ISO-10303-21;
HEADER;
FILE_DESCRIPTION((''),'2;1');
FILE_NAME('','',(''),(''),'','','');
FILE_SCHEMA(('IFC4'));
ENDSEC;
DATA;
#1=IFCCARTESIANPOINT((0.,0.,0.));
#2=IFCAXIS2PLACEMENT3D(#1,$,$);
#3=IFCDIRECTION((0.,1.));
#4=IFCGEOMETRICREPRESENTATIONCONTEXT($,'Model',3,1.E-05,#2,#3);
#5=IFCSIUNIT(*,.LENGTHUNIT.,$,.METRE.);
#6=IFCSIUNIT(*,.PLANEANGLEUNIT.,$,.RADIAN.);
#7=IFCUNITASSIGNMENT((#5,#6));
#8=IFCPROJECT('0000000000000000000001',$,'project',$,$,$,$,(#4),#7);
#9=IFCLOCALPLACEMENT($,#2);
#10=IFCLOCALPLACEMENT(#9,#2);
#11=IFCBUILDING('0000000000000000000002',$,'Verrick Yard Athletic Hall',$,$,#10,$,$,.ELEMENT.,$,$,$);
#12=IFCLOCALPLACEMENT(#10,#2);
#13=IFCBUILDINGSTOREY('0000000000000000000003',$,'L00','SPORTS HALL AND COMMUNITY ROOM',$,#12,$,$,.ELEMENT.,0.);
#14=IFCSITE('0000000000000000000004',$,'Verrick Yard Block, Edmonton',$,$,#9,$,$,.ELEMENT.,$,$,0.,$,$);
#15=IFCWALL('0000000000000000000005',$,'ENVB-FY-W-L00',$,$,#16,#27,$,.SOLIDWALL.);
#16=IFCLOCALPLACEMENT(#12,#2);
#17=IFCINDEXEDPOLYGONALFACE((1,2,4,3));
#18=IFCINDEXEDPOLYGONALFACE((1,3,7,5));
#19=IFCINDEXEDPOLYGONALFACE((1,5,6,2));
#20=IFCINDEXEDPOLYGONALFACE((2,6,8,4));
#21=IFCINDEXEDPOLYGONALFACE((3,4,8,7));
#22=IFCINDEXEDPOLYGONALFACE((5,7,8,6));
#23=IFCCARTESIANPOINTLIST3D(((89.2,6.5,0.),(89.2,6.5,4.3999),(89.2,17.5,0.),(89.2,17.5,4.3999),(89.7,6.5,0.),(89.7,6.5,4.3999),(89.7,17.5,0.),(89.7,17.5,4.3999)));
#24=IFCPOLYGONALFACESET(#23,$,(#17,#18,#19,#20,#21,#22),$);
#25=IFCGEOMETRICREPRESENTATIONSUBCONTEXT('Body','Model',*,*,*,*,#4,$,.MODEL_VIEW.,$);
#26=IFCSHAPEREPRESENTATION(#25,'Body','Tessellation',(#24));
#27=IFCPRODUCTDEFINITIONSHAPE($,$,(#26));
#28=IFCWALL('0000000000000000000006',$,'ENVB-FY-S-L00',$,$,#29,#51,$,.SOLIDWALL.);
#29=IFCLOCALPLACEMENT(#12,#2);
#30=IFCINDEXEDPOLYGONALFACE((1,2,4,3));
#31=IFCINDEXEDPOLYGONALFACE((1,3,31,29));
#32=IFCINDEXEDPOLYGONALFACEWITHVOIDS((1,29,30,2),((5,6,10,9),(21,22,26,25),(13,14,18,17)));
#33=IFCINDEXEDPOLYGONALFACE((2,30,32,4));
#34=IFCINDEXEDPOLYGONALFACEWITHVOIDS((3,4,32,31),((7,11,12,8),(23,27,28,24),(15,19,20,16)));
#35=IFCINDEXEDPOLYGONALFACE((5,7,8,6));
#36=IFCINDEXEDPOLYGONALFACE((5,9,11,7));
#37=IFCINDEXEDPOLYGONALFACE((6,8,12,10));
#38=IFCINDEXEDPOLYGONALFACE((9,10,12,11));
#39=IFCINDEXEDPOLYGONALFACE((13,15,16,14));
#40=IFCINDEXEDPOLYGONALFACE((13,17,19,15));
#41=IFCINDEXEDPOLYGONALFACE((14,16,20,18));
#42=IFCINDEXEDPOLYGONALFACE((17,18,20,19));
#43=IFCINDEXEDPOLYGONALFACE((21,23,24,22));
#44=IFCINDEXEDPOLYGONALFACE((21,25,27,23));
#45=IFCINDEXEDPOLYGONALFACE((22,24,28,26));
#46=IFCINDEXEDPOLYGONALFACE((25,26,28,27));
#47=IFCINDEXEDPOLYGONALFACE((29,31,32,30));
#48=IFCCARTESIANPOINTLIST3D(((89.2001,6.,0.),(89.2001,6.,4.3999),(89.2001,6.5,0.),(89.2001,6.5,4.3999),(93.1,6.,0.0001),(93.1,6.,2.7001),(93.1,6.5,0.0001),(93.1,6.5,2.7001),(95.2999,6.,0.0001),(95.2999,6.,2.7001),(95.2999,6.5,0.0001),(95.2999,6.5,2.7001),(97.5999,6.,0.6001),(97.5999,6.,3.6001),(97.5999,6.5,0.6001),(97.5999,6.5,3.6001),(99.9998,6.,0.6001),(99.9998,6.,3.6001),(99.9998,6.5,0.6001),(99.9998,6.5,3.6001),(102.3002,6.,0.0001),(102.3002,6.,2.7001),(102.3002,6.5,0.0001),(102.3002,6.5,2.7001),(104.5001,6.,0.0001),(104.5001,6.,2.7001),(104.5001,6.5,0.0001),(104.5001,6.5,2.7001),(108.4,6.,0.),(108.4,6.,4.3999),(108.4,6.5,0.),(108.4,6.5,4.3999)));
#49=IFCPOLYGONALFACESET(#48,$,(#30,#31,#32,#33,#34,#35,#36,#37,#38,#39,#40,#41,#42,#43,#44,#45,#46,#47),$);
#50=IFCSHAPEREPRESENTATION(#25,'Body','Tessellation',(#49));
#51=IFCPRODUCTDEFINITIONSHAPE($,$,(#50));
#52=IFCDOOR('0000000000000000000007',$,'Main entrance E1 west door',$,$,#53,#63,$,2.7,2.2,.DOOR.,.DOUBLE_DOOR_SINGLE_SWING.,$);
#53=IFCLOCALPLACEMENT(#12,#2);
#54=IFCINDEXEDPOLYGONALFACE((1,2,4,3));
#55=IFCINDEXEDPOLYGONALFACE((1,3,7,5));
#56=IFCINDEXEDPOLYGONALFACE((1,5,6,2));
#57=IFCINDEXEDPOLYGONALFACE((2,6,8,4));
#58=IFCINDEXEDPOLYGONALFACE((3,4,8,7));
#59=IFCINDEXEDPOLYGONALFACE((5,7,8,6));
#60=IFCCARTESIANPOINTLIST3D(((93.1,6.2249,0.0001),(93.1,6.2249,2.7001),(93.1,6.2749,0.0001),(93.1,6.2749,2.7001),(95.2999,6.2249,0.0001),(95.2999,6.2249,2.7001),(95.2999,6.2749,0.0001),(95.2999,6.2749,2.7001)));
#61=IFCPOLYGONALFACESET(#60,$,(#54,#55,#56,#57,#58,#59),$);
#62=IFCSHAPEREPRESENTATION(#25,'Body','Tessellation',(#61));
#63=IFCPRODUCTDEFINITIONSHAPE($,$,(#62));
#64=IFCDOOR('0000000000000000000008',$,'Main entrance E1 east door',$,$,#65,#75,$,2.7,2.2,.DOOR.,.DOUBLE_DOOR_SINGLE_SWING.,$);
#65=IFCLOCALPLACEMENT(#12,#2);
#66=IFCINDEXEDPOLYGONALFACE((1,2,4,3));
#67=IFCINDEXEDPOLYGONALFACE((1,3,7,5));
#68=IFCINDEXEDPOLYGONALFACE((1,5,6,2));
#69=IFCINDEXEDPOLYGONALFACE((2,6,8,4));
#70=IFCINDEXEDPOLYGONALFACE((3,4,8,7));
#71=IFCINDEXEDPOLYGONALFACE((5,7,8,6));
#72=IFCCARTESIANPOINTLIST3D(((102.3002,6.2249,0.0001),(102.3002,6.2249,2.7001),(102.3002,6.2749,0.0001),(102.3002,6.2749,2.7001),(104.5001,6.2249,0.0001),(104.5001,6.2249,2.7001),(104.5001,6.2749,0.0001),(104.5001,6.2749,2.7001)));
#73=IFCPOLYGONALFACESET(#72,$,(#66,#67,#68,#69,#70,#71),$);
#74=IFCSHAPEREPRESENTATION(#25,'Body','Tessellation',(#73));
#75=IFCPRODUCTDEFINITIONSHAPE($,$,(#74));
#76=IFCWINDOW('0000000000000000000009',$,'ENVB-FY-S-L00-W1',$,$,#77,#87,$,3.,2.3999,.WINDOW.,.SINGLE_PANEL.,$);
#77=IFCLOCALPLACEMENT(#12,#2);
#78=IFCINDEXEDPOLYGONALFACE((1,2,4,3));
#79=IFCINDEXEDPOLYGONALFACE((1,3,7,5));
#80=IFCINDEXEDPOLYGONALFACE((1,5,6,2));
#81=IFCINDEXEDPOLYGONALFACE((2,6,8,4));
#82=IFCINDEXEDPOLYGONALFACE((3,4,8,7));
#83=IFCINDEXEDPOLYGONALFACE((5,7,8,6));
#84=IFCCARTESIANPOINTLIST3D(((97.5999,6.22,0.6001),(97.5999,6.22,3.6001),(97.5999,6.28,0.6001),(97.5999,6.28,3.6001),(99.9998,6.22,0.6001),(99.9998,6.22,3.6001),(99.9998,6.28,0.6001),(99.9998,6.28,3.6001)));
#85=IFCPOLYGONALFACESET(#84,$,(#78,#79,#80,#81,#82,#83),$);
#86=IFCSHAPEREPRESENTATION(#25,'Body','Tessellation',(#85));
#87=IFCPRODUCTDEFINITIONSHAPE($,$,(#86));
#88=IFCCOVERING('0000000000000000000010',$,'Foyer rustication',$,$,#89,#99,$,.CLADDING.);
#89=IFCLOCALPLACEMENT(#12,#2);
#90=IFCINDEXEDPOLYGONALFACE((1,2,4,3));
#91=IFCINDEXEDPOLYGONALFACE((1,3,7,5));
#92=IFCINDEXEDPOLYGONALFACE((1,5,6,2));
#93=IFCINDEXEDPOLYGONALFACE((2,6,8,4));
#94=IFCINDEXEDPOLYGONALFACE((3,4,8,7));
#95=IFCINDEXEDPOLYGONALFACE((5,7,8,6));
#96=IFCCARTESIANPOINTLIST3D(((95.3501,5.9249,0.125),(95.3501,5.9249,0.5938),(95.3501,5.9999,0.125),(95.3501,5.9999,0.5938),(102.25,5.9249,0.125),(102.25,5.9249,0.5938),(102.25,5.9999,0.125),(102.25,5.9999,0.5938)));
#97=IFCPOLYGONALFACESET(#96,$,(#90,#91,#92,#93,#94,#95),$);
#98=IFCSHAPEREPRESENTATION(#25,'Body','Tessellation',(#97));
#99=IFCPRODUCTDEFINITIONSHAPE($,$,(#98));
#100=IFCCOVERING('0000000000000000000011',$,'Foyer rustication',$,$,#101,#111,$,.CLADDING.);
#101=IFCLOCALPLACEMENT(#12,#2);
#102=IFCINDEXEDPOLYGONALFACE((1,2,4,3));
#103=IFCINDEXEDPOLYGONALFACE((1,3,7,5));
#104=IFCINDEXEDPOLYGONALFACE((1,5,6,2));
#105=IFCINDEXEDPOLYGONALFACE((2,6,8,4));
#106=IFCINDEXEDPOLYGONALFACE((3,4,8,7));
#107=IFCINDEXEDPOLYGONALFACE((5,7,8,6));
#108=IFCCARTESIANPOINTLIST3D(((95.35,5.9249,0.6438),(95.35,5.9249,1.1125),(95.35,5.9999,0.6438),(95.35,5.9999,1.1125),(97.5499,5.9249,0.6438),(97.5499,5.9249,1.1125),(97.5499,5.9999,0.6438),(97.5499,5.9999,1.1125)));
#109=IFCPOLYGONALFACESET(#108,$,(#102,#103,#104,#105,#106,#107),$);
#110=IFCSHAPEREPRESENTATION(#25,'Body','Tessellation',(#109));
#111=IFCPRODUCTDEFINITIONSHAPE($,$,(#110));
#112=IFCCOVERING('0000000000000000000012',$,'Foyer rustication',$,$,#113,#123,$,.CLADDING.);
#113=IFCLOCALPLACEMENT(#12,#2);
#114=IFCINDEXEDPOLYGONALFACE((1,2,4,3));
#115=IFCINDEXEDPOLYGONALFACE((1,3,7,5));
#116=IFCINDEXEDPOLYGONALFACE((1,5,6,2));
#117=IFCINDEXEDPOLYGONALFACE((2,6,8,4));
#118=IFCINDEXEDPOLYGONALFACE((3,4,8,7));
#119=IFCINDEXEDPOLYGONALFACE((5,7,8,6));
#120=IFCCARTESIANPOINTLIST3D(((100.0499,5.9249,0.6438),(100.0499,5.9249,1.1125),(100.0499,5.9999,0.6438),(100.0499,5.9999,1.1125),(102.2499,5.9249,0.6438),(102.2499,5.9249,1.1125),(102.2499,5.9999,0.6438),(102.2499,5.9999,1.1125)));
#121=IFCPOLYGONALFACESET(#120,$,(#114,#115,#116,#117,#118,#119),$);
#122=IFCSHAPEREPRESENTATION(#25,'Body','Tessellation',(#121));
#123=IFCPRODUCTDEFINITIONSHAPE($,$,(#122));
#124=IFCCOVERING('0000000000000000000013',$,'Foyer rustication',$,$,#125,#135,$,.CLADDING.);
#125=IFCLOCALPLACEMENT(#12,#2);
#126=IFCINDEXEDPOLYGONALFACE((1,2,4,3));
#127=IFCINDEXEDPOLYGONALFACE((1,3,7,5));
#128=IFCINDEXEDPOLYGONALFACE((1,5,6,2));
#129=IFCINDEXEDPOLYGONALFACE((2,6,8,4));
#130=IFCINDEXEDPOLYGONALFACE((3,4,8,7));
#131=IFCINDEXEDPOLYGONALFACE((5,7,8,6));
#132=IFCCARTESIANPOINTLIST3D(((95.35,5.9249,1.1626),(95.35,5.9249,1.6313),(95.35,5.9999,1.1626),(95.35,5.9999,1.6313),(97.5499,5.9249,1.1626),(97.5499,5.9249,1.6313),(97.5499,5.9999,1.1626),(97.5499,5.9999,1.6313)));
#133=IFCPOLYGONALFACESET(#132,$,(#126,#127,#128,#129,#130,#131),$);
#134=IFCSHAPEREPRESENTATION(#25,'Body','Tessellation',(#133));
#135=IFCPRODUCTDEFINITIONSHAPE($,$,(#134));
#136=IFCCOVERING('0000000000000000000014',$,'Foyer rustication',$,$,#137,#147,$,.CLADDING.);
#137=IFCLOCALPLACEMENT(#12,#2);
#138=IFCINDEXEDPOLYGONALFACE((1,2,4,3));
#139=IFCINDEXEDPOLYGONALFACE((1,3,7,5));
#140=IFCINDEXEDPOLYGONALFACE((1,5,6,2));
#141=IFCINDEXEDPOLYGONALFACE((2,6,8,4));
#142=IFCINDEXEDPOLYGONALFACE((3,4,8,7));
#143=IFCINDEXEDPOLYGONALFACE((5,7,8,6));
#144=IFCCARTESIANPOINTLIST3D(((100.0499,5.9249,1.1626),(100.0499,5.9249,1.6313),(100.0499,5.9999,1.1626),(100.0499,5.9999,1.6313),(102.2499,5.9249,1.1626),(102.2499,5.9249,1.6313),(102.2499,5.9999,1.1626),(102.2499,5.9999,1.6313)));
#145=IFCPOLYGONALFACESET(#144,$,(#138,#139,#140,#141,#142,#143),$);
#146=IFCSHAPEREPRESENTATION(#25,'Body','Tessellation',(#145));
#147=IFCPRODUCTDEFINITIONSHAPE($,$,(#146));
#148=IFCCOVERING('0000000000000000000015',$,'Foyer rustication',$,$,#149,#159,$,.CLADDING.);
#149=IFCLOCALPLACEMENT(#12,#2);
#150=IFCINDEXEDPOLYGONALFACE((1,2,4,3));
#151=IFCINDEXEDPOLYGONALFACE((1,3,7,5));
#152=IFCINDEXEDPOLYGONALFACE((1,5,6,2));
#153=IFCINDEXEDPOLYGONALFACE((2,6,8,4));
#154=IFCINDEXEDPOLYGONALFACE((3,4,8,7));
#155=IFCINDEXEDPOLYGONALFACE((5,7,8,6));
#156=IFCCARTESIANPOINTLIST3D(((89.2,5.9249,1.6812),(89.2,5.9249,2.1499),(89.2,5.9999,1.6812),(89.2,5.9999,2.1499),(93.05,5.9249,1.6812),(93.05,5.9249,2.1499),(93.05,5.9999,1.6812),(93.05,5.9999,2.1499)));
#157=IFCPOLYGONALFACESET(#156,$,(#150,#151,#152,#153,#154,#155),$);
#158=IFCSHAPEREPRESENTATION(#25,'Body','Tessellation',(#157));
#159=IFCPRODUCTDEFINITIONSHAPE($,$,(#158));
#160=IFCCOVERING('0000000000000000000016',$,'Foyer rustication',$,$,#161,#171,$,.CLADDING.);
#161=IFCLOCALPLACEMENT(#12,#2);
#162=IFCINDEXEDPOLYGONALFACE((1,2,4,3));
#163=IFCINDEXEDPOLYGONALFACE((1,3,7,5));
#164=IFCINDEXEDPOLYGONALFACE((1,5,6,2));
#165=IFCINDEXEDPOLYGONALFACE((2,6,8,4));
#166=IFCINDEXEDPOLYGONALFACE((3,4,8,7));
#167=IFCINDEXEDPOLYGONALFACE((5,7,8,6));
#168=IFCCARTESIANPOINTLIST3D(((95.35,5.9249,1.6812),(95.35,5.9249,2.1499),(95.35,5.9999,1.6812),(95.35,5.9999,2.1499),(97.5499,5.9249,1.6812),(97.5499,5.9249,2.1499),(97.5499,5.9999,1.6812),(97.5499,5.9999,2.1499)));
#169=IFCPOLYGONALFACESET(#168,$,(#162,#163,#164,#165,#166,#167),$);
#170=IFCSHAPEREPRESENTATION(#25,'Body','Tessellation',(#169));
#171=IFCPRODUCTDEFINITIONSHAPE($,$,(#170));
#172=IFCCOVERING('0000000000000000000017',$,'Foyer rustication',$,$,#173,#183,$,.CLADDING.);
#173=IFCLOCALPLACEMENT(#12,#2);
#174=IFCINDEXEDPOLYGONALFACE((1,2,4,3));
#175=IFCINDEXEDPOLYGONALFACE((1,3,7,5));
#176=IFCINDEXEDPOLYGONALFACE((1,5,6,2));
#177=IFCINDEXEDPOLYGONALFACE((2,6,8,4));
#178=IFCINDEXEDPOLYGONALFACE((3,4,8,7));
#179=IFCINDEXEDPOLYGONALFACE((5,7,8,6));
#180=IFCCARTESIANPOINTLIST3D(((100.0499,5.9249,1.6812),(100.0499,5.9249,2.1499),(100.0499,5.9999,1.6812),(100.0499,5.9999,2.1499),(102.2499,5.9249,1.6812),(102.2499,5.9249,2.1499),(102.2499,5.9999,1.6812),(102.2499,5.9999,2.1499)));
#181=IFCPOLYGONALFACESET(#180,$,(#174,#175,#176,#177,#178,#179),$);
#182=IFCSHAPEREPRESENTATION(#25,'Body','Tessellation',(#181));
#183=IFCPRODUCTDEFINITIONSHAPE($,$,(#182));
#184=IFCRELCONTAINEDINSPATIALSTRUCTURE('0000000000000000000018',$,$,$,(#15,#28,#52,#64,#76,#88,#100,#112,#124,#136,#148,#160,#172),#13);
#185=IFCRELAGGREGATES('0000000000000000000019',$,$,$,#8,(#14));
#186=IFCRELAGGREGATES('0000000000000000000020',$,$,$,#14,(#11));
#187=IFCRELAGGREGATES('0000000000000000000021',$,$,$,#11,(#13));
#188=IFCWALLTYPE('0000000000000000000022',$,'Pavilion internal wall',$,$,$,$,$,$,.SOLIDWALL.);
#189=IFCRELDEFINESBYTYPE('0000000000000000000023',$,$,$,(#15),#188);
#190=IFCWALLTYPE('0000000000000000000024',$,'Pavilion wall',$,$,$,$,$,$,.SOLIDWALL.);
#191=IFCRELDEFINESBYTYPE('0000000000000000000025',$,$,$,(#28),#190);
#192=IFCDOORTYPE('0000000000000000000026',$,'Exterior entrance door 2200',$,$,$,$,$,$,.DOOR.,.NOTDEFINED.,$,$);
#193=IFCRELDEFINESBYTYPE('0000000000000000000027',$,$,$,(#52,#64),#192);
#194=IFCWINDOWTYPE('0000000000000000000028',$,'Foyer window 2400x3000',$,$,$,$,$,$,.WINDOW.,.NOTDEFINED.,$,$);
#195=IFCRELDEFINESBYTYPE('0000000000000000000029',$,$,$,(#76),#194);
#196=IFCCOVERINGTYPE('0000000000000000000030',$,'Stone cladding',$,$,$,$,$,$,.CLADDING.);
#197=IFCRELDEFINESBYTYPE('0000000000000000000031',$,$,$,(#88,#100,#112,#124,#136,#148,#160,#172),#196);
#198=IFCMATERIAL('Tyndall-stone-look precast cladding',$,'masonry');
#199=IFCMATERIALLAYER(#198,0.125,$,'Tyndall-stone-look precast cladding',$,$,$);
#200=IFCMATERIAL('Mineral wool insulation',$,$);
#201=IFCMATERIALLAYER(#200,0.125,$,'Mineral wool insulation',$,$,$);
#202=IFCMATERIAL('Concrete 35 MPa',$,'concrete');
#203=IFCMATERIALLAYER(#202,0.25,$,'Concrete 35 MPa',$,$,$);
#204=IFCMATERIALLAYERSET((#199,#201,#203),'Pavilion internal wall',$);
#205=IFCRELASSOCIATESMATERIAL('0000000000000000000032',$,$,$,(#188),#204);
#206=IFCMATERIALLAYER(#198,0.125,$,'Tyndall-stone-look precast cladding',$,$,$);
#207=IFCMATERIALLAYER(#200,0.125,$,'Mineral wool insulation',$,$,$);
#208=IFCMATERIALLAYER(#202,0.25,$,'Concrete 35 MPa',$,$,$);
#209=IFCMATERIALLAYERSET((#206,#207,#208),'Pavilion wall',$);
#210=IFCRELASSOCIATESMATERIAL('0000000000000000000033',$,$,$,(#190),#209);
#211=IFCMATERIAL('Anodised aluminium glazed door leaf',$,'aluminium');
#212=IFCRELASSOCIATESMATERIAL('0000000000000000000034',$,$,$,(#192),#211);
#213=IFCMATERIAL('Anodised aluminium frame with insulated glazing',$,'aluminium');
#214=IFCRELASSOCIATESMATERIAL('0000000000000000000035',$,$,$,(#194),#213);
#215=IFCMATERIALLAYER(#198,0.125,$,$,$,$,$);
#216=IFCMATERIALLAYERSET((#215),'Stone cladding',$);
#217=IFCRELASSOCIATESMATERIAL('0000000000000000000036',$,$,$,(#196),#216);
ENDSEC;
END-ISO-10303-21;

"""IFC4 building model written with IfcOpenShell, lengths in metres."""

from ifc_helpers import new_model, si_unit, direction, frame, frame_2d, origin, origin_2d, place, context, subcontext, project, spatial, rectangle, extrude, material, layer, layer_set, type_object, element, fill, save


model = new_model("IFC4")

# Units and contexts
model_context = context("Model", 3, precision=1e-05, world=origin(), true_north=direction((0.0, 1.0)))
body_context = subcontext(model_context, "Body", "Model", "MODEL_VIEW")
ifc_project = project(units=[si_unit("LENGTHUNIT", "METRE"), si_unit("PLANEANGLEUNIT", "RADIAN")], contexts=[model_context])

# Site, building, storey
site_placement = place(None, origin())
site = spatial("IfcSite", under=ifc_project, at=site_placement, Name="Verrick Yard Block, Edmonton", CompositionType="ELEMENT", RefElevation=0.0)
building_placement = place(site_placement, origin())
building = spatial("IfcBuilding", under=site, at=building_placement, Name="Verrick Yard Athletic Hall", CompositionType="ELEMENT")
storey_placement = place(building_placement, origin())
storey = spatial("IfcBuildingStorey", under=building, at=storey_placement, Name="L00", Description="SPORTS HALL AND COMMUNITY ROOM", CompositionType="ELEMENT", Elevation=0.0)

# Shared definitions
ifc_material_1 = material(Name="Concrete 35 MPa", Category="concrete")

# Wall
ifc_material_2 = material(Name="Tyndall-stone-look precast cladding", Category="masonry")
ifc_layer_1 = layer(ifc_material_2, 0.125, Name="Tyndall-stone-look precast cladding")
ifc_material_3 = material(Name="Mineral wool insulation")
ifc_layer_2 = layer(ifc_material_3, 0.125, Name="Mineral wool insulation")
ifc_layer_3 = layer(ifc_material_1, 0.25, Name="Concrete 35 MPa")
ifc_layer_set_1 = layer_set([ifc_layer_1, ifc_layer_2, ifc_layer_3], Name="Pavilion internal wall")
wall_type_1 = type_object("IfcWallType", Name="Pavilion internal wall", PredefinedType="SOLIDWALL", material=ifc_layer_set_1)
wall_1_placement = place(storey_placement, frame((89.45, 6.5, 0.0), z_axis=(0.0, 0.0, 1.0), x_axis=(0.0, 1.0, 0.0)))
element("IfcWall", 1, at=wall_1_placement, inside=storey, type_object=wall_type_1, Name="ENVB-FY-W-L00", PredefinedType="SOLIDWALL", context=body_context, shape_type="SweptSolid", body=[
    extrude(rectangle(XDim=11.0, YDim=0.5, at=frame_2d((5.5, 0.0))), origin(), (0.0, 0.0, 1.0), 4.3999),
])

# Wall, openings, doors, window
ifc_layer_4 = layer(ifc_material_2, 0.125, Name="Tyndall-stone-look precast cladding")
ifc_layer_5 = layer(ifc_material_3, 0.125, Name="Mineral wool insulation")
ifc_layer_6 = layer(ifc_material_1, 0.25, Name="Concrete 35 MPa")
ifc_layer_set_2 = layer_set([ifc_layer_4, ifc_layer_5, ifc_layer_6], Name="Pavilion wall")
wall_type_2 = type_object("IfcWallType", Name="Pavilion wall", PredefinedType="SOLIDWALL", material=ifc_layer_set_2)
wall_2_placement = place(storey_placement, frame((89.2, 6.25, 0.0), z_axis=(0.0, 0.0, 1.0), x_axis=(1.0, 0.0, 0.0)))
wall_2 = element("IfcWall", 2, at=wall_2_placement, inside=storey, type_object=wall_type_2, Name="ENVB-FY-S-L00", PredefinedType="SOLIDWALL", context=body_context, shape_type="SweptSolid", body=[
    extrude(rectangle(XDim=19.2, YDim=0.5, at=frame_2d((9.6001, 0.0))), origin(), (0.0, 0.0, 1.0), 4.3999),
])
opening_1_placement = place(wall_2_placement, frame((3.8999, 0.0, 0.0)))
opening_1 = element("IfcOpeningElement", 3, at=opening_1_placement, cuts=wall_2, PredefinedType="OPENING", context=body_context, shape_type="SweptSolid", body=[
    extrude(rectangle(XDim=2.2, YDim=2.7, at=frame_2d((1.1001, 1.3501))), frame((0.0, 0.26, 0.0), z_axis=(0.0, -1.0, 0.0), x_axis=(1.0, 0.0, 0.0)), (0.0, 0.0, 1.0), 0.52),
])
opening_2_placement = place(wall_2_placement, frame((13.1001, 0.0, 0.0)))
opening_2 = element("IfcOpeningElement", 4, at=opening_2_placement, cuts=wall_2, PredefinedType="OPENING", context=body_context, shape_type="SweptSolid", body=[
    extrude(rectangle(XDim=2.2, YDim=2.7, at=frame_2d((1.1001, 1.3501))), frame((0.0, 0.26, 0.0), z_axis=(0.0, -1.0, 0.0), x_axis=(1.0, 0.0, 0.0)), (0.0, 0.0, 1.0), 0.52),
])
opening_3_placement = place(wall_2_placement, frame((8.3999, 0.0, 0.6001)))
opening_3 = element("IfcOpeningElement", 5, at=opening_3_placement, cuts=wall_2, PredefinedType="OPENING", context=body_context, shape_type="SweptSolid", body=[
    extrude(rectangle(XDim=2.3999, YDim=3.0, at=frame_2d((1.2, 1.5))), frame((0.0, 0.26, 0.0), z_axis=(0.0, -1.0, 0.0), x_axis=(1.0, 0.0, 0.0)), (0.0, 0.0, 1.0), 0.52),
])
ifc_material_4 = material(Name="Anodised aluminium glazed door leaf", Category="aluminium")
door_type_1 = type_object("IfcDoorType", Name="Exterior entrance door 2200", OperationType="NOTDEFINED", PredefinedType="DOOR", material=ifc_material_4)
door_1_placement = place(opening_1_placement, origin())
door_1 = element("IfcDoor", 6, at=door_1_placement, inside=storey, type_object=door_type_1, Name="Main entrance E1 west door", OperationType="DOUBLE_DOOR_SINGLE_SWING", OverallHeight=2.7, OverallWidth=2.2, PredefinedType="DOOR", context=body_context, shape_type="SweptSolid", body=[
    extrude(rectangle(XDim=2.2, YDim=2.7, at=frame_2d((1.1001, 1.3501))), frame((0.0, 0.0249, 0.0), z_axis=(0.0, -1.0, 0.0), x_axis=(1.0, 0.0, 0.0)), (0.0, 0.0, 1.0), 0.05),
])
fill(opening_1, door_1)
door_2_placement = place(opening_2_placement, origin())
door_2 = element("IfcDoor", 7, at=door_2_placement, inside=storey, type_object=door_type_1, Name="Main entrance E1 east door", OperationType="DOUBLE_DOOR_SINGLE_SWING", OverallHeight=2.7, OverallWidth=2.2, PredefinedType="DOOR", context=body_context, shape_type="SweptSolid", body=[
    extrude(rectangle(XDim=2.2, YDim=2.7, at=frame_2d((1.1001, 1.3501))), frame((0.0, 0.0249, 0.0), z_axis=(0.0, -1.0, 0.0), x_axis=(1.0, 0.0, 0.0)), (0.0, 0.0, 1.0), 0.05),
])
fill(opening_2, door_2)
ifc_material_5 = material(Name="Anodised aluminium frame with insulated glazing", Category="aluminium")
window_type = type_object("IfcWindowType", Name="Foyer window 2400x3000", PartitioningType="NOTDEFINED", PredefinedType="WINDOW", material=ifc_material_5)
window_placement = place(opening_3_placement, origin())
window = element("IfcWindow", 8, at=window_placement, inside=storey, type_object=window_type, Name="ENVB-FY-S-L00-W1", OverallHeight=3.0, OverallWidth=2.3999, PartitioningType="SINGLE_PANEL", PredefinedType="WINDOW", context=body_context, shape_type="SweptSolid", body=[
    extrude(rectangle(XDim=2.3999, YDim=3.0, at=frame_2d((1.2, 1.5))), frame((0.0, 0.03, 0.0), z_axis=(0.0, -1.0, 0.0), x_axis=(1.0, 0.0, 0.0)), (0.0, 0.0, 1.0), 0.0601),
])
fill(opening_3, window)

# Coverings
ifc_layer_7 = layer(ifc_material_2, 0.125)
ifc_layer_set_3 = layer_set([ifc_layer_7], Name="Stone cladding")
covering_type = type_object("IfcCoveringType", Name="Stone cladding", PredefinedType="CLADDING", material=ifc_layer_set_3)
covering_1_placement = place(storey_placement, frame((98.8, 5.9624, 0.125), z_axis=(0.0, 0.0, 1.0), x_axis=(1.0, 0.0, 0.0)))
element("IfcCovering", 9, at=covering_1_placement, inside=storey, type_object=covering_type, Name="Foyer rustication", PredefinedType="CLADDING", context=body_context, shape_type="SweptSolid", body=[
    extrude(rectangle(XDim=6.8999, YDim=0.075, at=origin_2d()), origin(), (0.0, 0.0, 1.0), 0.4688),
])
for number, where, z_axis, x_axis, name in (
    (10, (96.45, 5.9624, 0.6438), (0.0, 0.0, 1.0), (1.0, 0.0, 0.0), "Foyer rustication"),
    (11, (101.1499, 5.9624, 0.6438), (0.0, 0.0, 1.0), (1.0, 0.0, 0.0), "Foyer rustication"),
    (12, (96.45, 5.9624, 1.1626), (0.0, 0.0, 1.0), (1.0, 0.0, 0.0), "Foyer rustication"),
    (13, (101.1499, 5.9624, 1.1626), (0.0, 0.0, 1.0), (1.0, 0.0, 0.0), "Foyer rustication"),
):
    element("IfcCovering", number, at=place(storey_placement, frame(where, z_axis=z_axis, x_axis=x_axis)), inside=storey, type_object=covering_type, Name=name, PredefinedType="CLADDING", context=body_context, shape_type="SweptSolid", body=[
        extrude(rectangle(XDim=2.2, YDim=0.075, at=origin_2d()), origin(), (0.0, 0.0, 1.0), 0.4688),
    ])
covering_2_placement = place(storey_placement, frame((91.125, 5.9624, 1.6812), z_axis=(0.0, 0.0, 1.0), x_axis=(1.0, 0.0, 0.0)))
element("IfcCovering", 14, at=covering_2_placement, inside=storey, type_object=covering_type, Name="Foyer rustication", PredefinedType="CLADDING", context=body_context, shape_type="SweptSolid", body=[
    extrude(rectangle(XDim=3.8501, YDim=0.075, at=origin_2d()), origin(), (0.0, 0.0, 1.0), 0.4688),
])
for number, where, z_axis, x_axis, name in (
    (15, (96.45, 5.9624, 1.6812), (0.0, 0.0, 1.0), (1.0, 0.0, 0.0), "Foyer rustication"),
    (16, (101.1499, 5.9624, 1.6812), (0.0, 0.0, 1.0), (1.0, 0.0, 0.0), "Foyer rustication"),
):
    element("IfcCovering", number, at=place(storey_placement, frame(where, z_axis=z_axis, x_axis=x_axis)), inside=storey, type_object=covering_type, Name=name, PredefinedType="CLADDING", context=body_context, shape_type="SweptSolid", body=[
        extrude(rectangle(XDim=2.2, YDim=0.075, at=origin_2d()), origin(), (0.0, 0.0, 1.0), 0.4688),
    ])

save(model, "model.ifc")
